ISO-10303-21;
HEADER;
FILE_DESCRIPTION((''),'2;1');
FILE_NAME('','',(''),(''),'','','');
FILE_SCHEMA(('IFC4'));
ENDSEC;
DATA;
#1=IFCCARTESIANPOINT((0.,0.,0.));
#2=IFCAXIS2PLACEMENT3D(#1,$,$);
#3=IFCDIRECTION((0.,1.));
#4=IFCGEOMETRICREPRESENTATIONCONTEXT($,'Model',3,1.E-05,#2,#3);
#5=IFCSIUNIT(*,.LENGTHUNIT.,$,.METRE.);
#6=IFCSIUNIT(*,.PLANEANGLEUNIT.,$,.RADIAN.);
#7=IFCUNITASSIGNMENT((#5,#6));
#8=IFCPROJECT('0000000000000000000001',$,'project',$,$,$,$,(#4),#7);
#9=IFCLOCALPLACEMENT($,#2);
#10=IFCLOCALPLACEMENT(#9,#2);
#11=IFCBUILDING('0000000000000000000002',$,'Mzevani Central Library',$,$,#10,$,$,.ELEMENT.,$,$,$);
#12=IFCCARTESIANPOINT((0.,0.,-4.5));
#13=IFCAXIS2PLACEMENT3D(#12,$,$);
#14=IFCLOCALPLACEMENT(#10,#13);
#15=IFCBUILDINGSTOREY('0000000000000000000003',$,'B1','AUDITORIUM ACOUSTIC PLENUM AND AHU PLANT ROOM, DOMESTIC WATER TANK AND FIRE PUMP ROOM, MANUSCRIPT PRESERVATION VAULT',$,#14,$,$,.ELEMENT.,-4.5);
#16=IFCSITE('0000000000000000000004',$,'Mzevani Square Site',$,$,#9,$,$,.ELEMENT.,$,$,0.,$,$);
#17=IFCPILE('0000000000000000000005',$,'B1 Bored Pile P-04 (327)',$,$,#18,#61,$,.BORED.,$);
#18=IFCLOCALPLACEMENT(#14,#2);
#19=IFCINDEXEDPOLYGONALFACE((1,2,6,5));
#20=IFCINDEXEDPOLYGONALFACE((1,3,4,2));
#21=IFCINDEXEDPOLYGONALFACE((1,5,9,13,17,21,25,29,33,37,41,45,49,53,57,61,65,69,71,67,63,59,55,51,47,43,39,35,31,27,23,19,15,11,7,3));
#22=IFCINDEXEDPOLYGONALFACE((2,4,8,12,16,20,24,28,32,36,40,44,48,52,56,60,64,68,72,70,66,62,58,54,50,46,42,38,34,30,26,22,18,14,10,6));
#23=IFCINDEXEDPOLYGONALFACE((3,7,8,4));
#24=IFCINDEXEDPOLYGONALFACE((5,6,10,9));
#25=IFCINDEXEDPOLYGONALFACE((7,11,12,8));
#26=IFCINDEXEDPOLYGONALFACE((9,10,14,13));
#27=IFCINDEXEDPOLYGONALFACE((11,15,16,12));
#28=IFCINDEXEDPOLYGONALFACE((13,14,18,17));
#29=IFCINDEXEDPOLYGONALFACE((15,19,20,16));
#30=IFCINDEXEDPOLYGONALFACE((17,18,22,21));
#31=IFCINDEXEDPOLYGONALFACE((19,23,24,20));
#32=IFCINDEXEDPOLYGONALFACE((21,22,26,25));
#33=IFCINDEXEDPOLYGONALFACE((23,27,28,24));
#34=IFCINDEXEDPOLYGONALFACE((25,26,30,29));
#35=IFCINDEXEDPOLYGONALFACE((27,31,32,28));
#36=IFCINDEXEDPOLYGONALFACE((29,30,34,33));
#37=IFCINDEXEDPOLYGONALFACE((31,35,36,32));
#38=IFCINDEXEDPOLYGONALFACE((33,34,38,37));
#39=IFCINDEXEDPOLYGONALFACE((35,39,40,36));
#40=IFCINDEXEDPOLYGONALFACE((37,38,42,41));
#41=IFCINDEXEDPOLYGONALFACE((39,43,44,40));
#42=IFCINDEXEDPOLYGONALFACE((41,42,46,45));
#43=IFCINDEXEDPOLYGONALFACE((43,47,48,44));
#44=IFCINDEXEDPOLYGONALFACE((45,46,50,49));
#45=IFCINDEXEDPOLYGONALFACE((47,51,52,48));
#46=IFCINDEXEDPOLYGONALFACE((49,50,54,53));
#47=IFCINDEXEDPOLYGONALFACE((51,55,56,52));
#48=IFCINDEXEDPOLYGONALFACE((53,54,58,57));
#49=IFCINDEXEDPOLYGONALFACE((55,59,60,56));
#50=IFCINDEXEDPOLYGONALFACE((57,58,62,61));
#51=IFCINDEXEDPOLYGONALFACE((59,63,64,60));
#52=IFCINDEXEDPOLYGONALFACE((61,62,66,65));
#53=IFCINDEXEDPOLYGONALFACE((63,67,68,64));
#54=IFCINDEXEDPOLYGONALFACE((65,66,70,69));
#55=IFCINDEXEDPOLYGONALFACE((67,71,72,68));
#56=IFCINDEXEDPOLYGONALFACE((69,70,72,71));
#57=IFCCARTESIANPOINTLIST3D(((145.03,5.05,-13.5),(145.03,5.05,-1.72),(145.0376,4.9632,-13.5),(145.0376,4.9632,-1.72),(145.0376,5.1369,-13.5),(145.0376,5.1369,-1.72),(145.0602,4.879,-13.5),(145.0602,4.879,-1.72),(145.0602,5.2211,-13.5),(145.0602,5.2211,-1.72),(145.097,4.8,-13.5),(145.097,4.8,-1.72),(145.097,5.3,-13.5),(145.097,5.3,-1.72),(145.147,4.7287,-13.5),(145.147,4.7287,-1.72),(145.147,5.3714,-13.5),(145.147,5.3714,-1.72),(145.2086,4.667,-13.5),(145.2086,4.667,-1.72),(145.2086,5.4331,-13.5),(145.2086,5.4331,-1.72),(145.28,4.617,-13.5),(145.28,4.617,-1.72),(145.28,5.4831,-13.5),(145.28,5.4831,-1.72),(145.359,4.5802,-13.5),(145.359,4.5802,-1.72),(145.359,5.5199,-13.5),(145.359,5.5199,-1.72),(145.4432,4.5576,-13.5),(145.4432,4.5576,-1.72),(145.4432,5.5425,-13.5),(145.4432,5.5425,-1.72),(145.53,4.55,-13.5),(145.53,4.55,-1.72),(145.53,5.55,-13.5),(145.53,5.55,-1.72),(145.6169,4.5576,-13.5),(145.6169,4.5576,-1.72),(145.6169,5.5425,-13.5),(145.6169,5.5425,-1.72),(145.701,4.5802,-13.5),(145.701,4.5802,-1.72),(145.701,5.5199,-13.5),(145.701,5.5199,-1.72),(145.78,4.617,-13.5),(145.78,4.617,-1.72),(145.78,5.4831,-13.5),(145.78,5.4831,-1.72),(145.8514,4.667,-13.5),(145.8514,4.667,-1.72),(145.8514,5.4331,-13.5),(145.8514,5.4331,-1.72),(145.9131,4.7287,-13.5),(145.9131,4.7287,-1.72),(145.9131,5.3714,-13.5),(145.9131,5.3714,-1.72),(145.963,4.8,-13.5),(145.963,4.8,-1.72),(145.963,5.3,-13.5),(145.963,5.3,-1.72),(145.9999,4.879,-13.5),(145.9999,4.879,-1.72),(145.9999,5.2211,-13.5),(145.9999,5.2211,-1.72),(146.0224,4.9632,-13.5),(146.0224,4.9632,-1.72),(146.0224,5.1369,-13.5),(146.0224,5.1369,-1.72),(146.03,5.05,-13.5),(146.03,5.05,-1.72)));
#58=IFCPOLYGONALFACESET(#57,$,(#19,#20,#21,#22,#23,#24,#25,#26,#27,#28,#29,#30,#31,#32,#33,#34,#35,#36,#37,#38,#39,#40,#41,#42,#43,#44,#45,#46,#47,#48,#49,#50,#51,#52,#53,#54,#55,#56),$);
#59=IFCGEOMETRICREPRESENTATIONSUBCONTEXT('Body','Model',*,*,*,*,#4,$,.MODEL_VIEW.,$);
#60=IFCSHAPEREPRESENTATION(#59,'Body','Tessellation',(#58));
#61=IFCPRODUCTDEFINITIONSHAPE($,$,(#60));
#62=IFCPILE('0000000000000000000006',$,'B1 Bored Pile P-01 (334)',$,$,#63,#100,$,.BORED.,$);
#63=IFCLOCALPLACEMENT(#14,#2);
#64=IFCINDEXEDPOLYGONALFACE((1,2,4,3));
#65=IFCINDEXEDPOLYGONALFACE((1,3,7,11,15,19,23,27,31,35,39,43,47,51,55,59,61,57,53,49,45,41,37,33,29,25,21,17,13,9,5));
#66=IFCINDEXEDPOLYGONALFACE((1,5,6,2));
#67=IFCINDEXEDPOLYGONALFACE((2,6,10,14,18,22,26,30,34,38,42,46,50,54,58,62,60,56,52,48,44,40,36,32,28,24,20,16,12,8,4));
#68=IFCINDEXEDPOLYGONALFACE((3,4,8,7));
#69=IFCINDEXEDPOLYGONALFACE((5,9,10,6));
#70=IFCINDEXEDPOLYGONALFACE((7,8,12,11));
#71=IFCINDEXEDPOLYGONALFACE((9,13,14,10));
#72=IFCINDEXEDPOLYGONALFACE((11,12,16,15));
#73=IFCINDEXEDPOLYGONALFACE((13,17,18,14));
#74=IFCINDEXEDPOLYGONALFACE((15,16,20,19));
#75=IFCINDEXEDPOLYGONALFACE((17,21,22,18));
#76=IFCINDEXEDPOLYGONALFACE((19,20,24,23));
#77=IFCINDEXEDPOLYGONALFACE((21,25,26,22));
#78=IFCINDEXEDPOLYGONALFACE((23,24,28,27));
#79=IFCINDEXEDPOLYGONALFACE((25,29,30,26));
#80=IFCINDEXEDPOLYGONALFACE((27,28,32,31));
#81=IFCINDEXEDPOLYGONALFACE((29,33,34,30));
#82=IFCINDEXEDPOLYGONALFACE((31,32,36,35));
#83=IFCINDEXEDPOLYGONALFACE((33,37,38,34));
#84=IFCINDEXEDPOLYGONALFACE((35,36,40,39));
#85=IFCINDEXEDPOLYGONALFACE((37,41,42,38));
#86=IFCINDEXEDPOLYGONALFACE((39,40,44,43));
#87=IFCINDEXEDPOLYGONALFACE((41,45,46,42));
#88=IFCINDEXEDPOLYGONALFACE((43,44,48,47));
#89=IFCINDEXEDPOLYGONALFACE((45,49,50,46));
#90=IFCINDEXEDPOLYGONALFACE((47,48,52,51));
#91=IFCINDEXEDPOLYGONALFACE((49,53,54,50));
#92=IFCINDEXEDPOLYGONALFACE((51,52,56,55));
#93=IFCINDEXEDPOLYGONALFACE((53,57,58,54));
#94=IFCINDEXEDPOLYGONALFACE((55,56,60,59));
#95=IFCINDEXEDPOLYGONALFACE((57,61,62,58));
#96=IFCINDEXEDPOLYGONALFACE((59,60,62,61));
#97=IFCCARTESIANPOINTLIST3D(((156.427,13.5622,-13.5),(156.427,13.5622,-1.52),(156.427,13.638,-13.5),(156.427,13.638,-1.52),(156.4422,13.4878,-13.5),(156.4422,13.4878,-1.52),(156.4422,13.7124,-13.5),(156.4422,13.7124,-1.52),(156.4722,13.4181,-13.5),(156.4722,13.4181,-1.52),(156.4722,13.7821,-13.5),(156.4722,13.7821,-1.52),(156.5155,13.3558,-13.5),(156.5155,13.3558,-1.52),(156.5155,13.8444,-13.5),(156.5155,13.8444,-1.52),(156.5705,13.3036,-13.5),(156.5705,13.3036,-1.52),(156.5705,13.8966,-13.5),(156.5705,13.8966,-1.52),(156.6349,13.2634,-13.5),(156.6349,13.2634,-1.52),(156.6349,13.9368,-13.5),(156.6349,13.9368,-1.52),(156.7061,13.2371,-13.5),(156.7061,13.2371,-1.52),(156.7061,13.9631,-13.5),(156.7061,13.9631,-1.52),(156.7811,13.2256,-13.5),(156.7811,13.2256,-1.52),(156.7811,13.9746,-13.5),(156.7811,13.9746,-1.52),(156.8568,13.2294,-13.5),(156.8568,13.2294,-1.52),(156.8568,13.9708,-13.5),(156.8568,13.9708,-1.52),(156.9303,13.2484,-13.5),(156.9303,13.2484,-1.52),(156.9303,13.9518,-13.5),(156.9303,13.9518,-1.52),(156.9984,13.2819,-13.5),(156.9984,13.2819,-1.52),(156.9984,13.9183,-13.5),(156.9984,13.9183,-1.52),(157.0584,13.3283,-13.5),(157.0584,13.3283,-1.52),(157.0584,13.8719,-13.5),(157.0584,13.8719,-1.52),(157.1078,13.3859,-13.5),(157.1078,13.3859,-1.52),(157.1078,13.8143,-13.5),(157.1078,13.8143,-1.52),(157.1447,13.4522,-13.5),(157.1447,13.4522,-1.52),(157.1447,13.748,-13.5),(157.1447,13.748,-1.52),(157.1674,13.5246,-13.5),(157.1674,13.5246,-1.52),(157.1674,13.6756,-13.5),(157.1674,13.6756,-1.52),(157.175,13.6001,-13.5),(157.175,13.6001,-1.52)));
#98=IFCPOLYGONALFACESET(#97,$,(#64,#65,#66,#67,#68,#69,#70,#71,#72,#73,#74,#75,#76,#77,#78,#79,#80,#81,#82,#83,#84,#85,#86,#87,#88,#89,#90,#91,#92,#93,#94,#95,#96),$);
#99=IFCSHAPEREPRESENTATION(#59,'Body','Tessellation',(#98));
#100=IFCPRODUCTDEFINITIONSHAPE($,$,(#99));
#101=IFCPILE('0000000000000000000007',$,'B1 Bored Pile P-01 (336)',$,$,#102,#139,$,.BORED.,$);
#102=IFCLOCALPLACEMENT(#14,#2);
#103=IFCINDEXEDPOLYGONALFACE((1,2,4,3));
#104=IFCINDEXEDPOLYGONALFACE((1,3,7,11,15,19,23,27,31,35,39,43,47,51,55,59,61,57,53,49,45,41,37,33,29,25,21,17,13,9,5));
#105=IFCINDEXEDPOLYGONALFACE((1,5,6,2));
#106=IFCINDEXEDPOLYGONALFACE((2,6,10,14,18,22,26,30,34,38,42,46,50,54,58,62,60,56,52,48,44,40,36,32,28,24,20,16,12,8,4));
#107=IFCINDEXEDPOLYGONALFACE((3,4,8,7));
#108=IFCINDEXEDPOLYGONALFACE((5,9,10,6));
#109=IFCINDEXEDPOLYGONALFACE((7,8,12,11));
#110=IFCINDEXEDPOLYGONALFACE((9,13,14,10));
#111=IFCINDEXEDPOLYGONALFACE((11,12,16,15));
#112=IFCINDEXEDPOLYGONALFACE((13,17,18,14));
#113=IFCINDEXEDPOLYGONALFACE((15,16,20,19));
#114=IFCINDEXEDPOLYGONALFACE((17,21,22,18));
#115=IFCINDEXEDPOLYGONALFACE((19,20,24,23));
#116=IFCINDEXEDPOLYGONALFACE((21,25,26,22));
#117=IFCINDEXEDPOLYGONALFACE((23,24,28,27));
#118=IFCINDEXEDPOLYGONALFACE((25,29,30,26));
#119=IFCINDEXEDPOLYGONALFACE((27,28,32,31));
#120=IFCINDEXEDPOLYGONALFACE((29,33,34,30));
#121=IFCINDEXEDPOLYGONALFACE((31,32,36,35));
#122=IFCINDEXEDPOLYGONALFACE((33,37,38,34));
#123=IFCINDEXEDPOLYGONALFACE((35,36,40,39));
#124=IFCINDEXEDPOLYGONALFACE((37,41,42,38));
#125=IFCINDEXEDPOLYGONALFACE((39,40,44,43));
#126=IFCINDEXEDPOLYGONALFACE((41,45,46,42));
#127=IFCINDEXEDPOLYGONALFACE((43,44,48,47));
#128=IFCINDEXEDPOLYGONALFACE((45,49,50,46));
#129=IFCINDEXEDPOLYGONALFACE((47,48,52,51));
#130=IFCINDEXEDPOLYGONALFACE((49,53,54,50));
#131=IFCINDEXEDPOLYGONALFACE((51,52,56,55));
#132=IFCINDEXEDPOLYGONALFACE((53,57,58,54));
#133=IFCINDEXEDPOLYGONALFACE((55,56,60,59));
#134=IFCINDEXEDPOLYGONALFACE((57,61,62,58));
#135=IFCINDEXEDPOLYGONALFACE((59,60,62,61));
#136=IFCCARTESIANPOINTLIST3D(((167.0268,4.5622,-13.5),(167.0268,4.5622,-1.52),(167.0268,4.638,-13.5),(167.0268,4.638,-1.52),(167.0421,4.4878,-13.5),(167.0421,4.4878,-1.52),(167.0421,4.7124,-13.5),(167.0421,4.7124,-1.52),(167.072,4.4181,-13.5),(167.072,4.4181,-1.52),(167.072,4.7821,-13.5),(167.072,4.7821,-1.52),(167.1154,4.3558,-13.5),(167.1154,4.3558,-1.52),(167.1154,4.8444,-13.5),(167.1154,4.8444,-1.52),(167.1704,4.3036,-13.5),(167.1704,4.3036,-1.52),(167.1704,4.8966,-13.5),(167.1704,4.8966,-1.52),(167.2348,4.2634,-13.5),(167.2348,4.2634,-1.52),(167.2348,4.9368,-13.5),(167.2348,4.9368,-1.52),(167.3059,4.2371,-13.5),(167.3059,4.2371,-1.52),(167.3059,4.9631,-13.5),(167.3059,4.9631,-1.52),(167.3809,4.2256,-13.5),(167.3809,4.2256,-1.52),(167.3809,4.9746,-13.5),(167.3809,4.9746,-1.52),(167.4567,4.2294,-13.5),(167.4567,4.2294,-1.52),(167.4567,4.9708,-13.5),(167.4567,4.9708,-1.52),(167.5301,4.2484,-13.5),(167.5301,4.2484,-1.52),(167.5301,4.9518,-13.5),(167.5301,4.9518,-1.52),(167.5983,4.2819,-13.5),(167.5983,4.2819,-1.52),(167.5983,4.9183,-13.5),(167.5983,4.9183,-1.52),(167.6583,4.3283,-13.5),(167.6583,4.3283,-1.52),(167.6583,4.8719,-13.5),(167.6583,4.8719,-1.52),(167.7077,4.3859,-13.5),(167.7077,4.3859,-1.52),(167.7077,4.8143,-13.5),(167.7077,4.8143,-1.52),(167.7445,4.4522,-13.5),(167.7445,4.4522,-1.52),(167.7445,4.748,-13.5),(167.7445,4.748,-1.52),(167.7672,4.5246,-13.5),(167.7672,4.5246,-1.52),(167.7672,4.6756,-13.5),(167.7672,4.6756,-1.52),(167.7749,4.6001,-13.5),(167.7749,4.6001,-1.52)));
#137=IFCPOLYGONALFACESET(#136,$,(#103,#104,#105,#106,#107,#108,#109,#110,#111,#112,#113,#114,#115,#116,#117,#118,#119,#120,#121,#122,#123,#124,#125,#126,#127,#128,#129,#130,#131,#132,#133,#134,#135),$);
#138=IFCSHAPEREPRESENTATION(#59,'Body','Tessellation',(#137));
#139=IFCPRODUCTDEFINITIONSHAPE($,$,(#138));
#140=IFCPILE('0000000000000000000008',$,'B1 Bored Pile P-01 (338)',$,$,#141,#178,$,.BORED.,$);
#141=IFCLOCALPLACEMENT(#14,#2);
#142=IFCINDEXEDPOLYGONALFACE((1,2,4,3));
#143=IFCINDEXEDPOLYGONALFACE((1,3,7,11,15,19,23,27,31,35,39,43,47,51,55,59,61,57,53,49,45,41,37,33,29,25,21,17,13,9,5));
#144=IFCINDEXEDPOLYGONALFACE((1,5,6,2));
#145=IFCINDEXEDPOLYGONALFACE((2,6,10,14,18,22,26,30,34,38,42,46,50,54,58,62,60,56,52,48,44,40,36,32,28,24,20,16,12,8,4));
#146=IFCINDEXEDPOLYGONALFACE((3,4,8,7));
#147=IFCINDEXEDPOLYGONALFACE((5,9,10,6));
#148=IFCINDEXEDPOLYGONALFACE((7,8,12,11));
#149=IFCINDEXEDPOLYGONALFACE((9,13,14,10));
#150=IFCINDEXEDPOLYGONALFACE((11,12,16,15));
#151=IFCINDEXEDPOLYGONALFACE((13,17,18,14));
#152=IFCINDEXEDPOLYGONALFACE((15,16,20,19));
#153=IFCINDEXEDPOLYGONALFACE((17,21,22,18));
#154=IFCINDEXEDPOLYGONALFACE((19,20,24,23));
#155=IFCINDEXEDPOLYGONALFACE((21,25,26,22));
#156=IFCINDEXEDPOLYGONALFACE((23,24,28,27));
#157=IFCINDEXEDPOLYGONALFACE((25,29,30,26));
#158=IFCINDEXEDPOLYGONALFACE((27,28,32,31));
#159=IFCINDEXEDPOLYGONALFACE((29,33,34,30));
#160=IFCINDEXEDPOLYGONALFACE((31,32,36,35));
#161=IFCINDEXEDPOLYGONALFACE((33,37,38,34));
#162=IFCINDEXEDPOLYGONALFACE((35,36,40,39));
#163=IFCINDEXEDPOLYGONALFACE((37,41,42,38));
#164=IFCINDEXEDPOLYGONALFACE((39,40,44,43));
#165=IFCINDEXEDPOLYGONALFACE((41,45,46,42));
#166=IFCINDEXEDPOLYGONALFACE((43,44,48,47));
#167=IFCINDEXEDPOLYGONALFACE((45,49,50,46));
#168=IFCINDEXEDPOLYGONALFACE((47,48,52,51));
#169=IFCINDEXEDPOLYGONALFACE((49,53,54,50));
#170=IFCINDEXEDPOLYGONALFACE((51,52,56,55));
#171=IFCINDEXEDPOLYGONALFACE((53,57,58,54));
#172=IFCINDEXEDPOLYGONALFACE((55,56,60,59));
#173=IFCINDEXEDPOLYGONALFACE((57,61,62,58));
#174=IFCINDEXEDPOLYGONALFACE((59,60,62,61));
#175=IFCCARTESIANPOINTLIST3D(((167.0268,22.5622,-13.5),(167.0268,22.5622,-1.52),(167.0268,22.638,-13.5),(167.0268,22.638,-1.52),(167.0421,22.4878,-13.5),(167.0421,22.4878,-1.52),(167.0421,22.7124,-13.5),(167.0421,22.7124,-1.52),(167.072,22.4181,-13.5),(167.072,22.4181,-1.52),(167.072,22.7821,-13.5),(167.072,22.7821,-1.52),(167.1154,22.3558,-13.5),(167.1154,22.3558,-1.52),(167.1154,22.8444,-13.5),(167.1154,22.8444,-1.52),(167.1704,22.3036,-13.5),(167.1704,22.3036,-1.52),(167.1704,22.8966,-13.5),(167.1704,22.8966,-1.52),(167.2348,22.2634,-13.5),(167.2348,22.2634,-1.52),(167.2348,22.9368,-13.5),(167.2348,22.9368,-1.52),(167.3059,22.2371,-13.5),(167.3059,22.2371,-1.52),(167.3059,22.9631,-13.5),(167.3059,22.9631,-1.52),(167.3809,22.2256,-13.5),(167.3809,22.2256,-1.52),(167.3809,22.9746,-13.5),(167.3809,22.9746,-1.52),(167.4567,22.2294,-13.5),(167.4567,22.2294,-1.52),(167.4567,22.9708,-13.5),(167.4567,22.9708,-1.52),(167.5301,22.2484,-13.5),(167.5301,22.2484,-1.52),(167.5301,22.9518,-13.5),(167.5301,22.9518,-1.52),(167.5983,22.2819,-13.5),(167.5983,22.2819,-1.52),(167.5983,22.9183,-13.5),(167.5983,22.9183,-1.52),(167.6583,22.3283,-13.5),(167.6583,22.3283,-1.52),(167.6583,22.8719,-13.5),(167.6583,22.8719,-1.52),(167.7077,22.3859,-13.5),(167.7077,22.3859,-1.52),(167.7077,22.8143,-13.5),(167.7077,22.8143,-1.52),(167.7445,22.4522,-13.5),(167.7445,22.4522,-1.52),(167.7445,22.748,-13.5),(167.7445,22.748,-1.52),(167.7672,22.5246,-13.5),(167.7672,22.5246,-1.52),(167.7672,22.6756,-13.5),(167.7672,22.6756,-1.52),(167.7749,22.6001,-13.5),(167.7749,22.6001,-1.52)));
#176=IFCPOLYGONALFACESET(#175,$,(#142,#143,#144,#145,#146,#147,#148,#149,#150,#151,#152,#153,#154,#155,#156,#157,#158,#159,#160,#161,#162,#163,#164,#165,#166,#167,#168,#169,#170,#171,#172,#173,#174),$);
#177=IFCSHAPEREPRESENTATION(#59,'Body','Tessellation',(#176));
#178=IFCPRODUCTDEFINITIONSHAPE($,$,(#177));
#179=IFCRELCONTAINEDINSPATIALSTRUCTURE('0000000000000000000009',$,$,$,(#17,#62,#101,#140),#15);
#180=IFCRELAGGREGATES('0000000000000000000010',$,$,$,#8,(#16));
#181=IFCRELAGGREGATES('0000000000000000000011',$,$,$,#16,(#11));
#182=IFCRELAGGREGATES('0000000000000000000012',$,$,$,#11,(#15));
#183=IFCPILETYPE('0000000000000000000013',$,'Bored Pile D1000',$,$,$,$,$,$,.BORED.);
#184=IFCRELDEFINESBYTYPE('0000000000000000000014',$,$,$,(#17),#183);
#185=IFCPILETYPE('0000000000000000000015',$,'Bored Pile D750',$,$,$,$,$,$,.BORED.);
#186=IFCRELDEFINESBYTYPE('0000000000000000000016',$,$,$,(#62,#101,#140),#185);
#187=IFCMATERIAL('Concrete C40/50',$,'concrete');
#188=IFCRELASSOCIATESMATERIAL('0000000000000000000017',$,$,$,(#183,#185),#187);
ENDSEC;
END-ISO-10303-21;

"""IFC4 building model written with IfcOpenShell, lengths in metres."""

from ifc_helpers import new_model, si_unit, direction, frame, origin, origin_2d, place, context, subcontext, project, spatial, circle, extrude, material, material_profile, profile_set, type_object, element, save


model = new_model("IFC4")

# Units and contexts
model_context = context("Model", 3, precision=1e-05, world=origin(), true_north=direction((0.0, 1.0)))
body_context = subcontext(model_context, "Body", "Model", "MODEL_VIEW")
ifc_project = project(units=[si_unit("LENGTHUNIT", "METRE"), si_unit("PLANEANGLEUNIT", "RADIAN")], contexts=[model_context])

# Site, building, storey
site_placement = place(None, origin())
site = spatial("IfcSite", under=ifc_project, at=site_placement, Name="Mzevani Square Site", CompositionType="ELEMENT", RefElevation=0.0)
building_placement = place(site_placement, origin())
building = spatial("IfcBuilding", under=site, at=building_placement, Name="Mzevani Central Library", CompositionType="ELEMENT")
storey_placement = place(building_placement, frame((0.0, 0.0, -4.5)))
storey = spatial("IfcBuildingStorey", under=building, at=storey_placement, Name="B1", Description="AUDITORIUM ACOUSTIC PLENUM AND AHU PLANT ROOM, DOMESTIC WATER TANK AND FIRE PUMP ROOM, MANUSCRIPT PRESERVATION VAULT", CompositionType="ELEMENT", Elevation=-4.5)

# Piles
ifc_material_1 = material(Name="Concrete C40/50", Category="concrete")
ifc_material_profile_1 = material_profile(ifc_material_1, circle(Radius=0.5, at=origin_2d()), Name="PILE D1000")
ifc_profile_set_1 = profile_set([ifc_material_profile_1], Name="Concrete C40/50")
pile_type_1 = type_object("IfcPileType", Name="Bored Pile D1000", PredefinedType="BORED", material=ifc_profile_set_1)
pile_1_placement = place(storey_placement, frame((145.53, 5.05, -1.72), z_axis=(0.0, 0.0, -1.0), x_axis=(1.0, 0.0, 0.0)))
element("IfcPile", 1, at=pile_1_placement, inside=storey, type_object=pile_type_1, Name="B1 Bored Pile P-04 (327)", PredefinedType="BORED", context=body_context, shape_type="SweptSolid", body=[
    extrude(circle(Radius=0.5, at=origin_2d()), origin(), (0.0, 0.0, 1.0), 11.78),
])
ifc_material_profile_2 = material_profile(ifc_material_1, circle(Radius=0.375, at=origin_2d()), Name="PILE D750")
ifc_profile_set_2 = profile_set([ifc_material_profile_2], Name="Concrete C40/50")
pile_type_2 = type_object("IfcPileType", Name="Bored Pile D750", PredefinedType="BORED", material=ifc_profile_set_2)
for number, where, z_axis, x_axis, name in (
    (2, (156.8, 13.6001, -1.52), (0.0, 0.0, -1.0), (1.0, 0.0, 0.0), "B1 Bored Pile P-01 (334)"),
    (3, (167.3999, 4.6001, -1.52), (0.0, 0.0, -1.0), (1.0, 0.0, 0.0), "B1 Bored Pile P-01 (336)"),
    (4, (167.3999, 22.6001, -1.52), (0.0, 0.0, -1.0), (1.0, 0.0, 0.0), "B1 Bored Pile P-01 (338)"),
):
    element("IfcPile", number, at=place(storey_placement, frame(where, z_axis=z_axis, x_axis=x_axis)), inside=storey, type_object=pile_type_2, Name=name, PredefinedType="BORED", context=body_context, shape_type="SweptSolid", body=[
        extrude(circle(Radius=0.375, at=origin_2d()), origin(), (0.0, 0.0, 1.0), 11.98),
    ])

save(model, "model.ifc")
